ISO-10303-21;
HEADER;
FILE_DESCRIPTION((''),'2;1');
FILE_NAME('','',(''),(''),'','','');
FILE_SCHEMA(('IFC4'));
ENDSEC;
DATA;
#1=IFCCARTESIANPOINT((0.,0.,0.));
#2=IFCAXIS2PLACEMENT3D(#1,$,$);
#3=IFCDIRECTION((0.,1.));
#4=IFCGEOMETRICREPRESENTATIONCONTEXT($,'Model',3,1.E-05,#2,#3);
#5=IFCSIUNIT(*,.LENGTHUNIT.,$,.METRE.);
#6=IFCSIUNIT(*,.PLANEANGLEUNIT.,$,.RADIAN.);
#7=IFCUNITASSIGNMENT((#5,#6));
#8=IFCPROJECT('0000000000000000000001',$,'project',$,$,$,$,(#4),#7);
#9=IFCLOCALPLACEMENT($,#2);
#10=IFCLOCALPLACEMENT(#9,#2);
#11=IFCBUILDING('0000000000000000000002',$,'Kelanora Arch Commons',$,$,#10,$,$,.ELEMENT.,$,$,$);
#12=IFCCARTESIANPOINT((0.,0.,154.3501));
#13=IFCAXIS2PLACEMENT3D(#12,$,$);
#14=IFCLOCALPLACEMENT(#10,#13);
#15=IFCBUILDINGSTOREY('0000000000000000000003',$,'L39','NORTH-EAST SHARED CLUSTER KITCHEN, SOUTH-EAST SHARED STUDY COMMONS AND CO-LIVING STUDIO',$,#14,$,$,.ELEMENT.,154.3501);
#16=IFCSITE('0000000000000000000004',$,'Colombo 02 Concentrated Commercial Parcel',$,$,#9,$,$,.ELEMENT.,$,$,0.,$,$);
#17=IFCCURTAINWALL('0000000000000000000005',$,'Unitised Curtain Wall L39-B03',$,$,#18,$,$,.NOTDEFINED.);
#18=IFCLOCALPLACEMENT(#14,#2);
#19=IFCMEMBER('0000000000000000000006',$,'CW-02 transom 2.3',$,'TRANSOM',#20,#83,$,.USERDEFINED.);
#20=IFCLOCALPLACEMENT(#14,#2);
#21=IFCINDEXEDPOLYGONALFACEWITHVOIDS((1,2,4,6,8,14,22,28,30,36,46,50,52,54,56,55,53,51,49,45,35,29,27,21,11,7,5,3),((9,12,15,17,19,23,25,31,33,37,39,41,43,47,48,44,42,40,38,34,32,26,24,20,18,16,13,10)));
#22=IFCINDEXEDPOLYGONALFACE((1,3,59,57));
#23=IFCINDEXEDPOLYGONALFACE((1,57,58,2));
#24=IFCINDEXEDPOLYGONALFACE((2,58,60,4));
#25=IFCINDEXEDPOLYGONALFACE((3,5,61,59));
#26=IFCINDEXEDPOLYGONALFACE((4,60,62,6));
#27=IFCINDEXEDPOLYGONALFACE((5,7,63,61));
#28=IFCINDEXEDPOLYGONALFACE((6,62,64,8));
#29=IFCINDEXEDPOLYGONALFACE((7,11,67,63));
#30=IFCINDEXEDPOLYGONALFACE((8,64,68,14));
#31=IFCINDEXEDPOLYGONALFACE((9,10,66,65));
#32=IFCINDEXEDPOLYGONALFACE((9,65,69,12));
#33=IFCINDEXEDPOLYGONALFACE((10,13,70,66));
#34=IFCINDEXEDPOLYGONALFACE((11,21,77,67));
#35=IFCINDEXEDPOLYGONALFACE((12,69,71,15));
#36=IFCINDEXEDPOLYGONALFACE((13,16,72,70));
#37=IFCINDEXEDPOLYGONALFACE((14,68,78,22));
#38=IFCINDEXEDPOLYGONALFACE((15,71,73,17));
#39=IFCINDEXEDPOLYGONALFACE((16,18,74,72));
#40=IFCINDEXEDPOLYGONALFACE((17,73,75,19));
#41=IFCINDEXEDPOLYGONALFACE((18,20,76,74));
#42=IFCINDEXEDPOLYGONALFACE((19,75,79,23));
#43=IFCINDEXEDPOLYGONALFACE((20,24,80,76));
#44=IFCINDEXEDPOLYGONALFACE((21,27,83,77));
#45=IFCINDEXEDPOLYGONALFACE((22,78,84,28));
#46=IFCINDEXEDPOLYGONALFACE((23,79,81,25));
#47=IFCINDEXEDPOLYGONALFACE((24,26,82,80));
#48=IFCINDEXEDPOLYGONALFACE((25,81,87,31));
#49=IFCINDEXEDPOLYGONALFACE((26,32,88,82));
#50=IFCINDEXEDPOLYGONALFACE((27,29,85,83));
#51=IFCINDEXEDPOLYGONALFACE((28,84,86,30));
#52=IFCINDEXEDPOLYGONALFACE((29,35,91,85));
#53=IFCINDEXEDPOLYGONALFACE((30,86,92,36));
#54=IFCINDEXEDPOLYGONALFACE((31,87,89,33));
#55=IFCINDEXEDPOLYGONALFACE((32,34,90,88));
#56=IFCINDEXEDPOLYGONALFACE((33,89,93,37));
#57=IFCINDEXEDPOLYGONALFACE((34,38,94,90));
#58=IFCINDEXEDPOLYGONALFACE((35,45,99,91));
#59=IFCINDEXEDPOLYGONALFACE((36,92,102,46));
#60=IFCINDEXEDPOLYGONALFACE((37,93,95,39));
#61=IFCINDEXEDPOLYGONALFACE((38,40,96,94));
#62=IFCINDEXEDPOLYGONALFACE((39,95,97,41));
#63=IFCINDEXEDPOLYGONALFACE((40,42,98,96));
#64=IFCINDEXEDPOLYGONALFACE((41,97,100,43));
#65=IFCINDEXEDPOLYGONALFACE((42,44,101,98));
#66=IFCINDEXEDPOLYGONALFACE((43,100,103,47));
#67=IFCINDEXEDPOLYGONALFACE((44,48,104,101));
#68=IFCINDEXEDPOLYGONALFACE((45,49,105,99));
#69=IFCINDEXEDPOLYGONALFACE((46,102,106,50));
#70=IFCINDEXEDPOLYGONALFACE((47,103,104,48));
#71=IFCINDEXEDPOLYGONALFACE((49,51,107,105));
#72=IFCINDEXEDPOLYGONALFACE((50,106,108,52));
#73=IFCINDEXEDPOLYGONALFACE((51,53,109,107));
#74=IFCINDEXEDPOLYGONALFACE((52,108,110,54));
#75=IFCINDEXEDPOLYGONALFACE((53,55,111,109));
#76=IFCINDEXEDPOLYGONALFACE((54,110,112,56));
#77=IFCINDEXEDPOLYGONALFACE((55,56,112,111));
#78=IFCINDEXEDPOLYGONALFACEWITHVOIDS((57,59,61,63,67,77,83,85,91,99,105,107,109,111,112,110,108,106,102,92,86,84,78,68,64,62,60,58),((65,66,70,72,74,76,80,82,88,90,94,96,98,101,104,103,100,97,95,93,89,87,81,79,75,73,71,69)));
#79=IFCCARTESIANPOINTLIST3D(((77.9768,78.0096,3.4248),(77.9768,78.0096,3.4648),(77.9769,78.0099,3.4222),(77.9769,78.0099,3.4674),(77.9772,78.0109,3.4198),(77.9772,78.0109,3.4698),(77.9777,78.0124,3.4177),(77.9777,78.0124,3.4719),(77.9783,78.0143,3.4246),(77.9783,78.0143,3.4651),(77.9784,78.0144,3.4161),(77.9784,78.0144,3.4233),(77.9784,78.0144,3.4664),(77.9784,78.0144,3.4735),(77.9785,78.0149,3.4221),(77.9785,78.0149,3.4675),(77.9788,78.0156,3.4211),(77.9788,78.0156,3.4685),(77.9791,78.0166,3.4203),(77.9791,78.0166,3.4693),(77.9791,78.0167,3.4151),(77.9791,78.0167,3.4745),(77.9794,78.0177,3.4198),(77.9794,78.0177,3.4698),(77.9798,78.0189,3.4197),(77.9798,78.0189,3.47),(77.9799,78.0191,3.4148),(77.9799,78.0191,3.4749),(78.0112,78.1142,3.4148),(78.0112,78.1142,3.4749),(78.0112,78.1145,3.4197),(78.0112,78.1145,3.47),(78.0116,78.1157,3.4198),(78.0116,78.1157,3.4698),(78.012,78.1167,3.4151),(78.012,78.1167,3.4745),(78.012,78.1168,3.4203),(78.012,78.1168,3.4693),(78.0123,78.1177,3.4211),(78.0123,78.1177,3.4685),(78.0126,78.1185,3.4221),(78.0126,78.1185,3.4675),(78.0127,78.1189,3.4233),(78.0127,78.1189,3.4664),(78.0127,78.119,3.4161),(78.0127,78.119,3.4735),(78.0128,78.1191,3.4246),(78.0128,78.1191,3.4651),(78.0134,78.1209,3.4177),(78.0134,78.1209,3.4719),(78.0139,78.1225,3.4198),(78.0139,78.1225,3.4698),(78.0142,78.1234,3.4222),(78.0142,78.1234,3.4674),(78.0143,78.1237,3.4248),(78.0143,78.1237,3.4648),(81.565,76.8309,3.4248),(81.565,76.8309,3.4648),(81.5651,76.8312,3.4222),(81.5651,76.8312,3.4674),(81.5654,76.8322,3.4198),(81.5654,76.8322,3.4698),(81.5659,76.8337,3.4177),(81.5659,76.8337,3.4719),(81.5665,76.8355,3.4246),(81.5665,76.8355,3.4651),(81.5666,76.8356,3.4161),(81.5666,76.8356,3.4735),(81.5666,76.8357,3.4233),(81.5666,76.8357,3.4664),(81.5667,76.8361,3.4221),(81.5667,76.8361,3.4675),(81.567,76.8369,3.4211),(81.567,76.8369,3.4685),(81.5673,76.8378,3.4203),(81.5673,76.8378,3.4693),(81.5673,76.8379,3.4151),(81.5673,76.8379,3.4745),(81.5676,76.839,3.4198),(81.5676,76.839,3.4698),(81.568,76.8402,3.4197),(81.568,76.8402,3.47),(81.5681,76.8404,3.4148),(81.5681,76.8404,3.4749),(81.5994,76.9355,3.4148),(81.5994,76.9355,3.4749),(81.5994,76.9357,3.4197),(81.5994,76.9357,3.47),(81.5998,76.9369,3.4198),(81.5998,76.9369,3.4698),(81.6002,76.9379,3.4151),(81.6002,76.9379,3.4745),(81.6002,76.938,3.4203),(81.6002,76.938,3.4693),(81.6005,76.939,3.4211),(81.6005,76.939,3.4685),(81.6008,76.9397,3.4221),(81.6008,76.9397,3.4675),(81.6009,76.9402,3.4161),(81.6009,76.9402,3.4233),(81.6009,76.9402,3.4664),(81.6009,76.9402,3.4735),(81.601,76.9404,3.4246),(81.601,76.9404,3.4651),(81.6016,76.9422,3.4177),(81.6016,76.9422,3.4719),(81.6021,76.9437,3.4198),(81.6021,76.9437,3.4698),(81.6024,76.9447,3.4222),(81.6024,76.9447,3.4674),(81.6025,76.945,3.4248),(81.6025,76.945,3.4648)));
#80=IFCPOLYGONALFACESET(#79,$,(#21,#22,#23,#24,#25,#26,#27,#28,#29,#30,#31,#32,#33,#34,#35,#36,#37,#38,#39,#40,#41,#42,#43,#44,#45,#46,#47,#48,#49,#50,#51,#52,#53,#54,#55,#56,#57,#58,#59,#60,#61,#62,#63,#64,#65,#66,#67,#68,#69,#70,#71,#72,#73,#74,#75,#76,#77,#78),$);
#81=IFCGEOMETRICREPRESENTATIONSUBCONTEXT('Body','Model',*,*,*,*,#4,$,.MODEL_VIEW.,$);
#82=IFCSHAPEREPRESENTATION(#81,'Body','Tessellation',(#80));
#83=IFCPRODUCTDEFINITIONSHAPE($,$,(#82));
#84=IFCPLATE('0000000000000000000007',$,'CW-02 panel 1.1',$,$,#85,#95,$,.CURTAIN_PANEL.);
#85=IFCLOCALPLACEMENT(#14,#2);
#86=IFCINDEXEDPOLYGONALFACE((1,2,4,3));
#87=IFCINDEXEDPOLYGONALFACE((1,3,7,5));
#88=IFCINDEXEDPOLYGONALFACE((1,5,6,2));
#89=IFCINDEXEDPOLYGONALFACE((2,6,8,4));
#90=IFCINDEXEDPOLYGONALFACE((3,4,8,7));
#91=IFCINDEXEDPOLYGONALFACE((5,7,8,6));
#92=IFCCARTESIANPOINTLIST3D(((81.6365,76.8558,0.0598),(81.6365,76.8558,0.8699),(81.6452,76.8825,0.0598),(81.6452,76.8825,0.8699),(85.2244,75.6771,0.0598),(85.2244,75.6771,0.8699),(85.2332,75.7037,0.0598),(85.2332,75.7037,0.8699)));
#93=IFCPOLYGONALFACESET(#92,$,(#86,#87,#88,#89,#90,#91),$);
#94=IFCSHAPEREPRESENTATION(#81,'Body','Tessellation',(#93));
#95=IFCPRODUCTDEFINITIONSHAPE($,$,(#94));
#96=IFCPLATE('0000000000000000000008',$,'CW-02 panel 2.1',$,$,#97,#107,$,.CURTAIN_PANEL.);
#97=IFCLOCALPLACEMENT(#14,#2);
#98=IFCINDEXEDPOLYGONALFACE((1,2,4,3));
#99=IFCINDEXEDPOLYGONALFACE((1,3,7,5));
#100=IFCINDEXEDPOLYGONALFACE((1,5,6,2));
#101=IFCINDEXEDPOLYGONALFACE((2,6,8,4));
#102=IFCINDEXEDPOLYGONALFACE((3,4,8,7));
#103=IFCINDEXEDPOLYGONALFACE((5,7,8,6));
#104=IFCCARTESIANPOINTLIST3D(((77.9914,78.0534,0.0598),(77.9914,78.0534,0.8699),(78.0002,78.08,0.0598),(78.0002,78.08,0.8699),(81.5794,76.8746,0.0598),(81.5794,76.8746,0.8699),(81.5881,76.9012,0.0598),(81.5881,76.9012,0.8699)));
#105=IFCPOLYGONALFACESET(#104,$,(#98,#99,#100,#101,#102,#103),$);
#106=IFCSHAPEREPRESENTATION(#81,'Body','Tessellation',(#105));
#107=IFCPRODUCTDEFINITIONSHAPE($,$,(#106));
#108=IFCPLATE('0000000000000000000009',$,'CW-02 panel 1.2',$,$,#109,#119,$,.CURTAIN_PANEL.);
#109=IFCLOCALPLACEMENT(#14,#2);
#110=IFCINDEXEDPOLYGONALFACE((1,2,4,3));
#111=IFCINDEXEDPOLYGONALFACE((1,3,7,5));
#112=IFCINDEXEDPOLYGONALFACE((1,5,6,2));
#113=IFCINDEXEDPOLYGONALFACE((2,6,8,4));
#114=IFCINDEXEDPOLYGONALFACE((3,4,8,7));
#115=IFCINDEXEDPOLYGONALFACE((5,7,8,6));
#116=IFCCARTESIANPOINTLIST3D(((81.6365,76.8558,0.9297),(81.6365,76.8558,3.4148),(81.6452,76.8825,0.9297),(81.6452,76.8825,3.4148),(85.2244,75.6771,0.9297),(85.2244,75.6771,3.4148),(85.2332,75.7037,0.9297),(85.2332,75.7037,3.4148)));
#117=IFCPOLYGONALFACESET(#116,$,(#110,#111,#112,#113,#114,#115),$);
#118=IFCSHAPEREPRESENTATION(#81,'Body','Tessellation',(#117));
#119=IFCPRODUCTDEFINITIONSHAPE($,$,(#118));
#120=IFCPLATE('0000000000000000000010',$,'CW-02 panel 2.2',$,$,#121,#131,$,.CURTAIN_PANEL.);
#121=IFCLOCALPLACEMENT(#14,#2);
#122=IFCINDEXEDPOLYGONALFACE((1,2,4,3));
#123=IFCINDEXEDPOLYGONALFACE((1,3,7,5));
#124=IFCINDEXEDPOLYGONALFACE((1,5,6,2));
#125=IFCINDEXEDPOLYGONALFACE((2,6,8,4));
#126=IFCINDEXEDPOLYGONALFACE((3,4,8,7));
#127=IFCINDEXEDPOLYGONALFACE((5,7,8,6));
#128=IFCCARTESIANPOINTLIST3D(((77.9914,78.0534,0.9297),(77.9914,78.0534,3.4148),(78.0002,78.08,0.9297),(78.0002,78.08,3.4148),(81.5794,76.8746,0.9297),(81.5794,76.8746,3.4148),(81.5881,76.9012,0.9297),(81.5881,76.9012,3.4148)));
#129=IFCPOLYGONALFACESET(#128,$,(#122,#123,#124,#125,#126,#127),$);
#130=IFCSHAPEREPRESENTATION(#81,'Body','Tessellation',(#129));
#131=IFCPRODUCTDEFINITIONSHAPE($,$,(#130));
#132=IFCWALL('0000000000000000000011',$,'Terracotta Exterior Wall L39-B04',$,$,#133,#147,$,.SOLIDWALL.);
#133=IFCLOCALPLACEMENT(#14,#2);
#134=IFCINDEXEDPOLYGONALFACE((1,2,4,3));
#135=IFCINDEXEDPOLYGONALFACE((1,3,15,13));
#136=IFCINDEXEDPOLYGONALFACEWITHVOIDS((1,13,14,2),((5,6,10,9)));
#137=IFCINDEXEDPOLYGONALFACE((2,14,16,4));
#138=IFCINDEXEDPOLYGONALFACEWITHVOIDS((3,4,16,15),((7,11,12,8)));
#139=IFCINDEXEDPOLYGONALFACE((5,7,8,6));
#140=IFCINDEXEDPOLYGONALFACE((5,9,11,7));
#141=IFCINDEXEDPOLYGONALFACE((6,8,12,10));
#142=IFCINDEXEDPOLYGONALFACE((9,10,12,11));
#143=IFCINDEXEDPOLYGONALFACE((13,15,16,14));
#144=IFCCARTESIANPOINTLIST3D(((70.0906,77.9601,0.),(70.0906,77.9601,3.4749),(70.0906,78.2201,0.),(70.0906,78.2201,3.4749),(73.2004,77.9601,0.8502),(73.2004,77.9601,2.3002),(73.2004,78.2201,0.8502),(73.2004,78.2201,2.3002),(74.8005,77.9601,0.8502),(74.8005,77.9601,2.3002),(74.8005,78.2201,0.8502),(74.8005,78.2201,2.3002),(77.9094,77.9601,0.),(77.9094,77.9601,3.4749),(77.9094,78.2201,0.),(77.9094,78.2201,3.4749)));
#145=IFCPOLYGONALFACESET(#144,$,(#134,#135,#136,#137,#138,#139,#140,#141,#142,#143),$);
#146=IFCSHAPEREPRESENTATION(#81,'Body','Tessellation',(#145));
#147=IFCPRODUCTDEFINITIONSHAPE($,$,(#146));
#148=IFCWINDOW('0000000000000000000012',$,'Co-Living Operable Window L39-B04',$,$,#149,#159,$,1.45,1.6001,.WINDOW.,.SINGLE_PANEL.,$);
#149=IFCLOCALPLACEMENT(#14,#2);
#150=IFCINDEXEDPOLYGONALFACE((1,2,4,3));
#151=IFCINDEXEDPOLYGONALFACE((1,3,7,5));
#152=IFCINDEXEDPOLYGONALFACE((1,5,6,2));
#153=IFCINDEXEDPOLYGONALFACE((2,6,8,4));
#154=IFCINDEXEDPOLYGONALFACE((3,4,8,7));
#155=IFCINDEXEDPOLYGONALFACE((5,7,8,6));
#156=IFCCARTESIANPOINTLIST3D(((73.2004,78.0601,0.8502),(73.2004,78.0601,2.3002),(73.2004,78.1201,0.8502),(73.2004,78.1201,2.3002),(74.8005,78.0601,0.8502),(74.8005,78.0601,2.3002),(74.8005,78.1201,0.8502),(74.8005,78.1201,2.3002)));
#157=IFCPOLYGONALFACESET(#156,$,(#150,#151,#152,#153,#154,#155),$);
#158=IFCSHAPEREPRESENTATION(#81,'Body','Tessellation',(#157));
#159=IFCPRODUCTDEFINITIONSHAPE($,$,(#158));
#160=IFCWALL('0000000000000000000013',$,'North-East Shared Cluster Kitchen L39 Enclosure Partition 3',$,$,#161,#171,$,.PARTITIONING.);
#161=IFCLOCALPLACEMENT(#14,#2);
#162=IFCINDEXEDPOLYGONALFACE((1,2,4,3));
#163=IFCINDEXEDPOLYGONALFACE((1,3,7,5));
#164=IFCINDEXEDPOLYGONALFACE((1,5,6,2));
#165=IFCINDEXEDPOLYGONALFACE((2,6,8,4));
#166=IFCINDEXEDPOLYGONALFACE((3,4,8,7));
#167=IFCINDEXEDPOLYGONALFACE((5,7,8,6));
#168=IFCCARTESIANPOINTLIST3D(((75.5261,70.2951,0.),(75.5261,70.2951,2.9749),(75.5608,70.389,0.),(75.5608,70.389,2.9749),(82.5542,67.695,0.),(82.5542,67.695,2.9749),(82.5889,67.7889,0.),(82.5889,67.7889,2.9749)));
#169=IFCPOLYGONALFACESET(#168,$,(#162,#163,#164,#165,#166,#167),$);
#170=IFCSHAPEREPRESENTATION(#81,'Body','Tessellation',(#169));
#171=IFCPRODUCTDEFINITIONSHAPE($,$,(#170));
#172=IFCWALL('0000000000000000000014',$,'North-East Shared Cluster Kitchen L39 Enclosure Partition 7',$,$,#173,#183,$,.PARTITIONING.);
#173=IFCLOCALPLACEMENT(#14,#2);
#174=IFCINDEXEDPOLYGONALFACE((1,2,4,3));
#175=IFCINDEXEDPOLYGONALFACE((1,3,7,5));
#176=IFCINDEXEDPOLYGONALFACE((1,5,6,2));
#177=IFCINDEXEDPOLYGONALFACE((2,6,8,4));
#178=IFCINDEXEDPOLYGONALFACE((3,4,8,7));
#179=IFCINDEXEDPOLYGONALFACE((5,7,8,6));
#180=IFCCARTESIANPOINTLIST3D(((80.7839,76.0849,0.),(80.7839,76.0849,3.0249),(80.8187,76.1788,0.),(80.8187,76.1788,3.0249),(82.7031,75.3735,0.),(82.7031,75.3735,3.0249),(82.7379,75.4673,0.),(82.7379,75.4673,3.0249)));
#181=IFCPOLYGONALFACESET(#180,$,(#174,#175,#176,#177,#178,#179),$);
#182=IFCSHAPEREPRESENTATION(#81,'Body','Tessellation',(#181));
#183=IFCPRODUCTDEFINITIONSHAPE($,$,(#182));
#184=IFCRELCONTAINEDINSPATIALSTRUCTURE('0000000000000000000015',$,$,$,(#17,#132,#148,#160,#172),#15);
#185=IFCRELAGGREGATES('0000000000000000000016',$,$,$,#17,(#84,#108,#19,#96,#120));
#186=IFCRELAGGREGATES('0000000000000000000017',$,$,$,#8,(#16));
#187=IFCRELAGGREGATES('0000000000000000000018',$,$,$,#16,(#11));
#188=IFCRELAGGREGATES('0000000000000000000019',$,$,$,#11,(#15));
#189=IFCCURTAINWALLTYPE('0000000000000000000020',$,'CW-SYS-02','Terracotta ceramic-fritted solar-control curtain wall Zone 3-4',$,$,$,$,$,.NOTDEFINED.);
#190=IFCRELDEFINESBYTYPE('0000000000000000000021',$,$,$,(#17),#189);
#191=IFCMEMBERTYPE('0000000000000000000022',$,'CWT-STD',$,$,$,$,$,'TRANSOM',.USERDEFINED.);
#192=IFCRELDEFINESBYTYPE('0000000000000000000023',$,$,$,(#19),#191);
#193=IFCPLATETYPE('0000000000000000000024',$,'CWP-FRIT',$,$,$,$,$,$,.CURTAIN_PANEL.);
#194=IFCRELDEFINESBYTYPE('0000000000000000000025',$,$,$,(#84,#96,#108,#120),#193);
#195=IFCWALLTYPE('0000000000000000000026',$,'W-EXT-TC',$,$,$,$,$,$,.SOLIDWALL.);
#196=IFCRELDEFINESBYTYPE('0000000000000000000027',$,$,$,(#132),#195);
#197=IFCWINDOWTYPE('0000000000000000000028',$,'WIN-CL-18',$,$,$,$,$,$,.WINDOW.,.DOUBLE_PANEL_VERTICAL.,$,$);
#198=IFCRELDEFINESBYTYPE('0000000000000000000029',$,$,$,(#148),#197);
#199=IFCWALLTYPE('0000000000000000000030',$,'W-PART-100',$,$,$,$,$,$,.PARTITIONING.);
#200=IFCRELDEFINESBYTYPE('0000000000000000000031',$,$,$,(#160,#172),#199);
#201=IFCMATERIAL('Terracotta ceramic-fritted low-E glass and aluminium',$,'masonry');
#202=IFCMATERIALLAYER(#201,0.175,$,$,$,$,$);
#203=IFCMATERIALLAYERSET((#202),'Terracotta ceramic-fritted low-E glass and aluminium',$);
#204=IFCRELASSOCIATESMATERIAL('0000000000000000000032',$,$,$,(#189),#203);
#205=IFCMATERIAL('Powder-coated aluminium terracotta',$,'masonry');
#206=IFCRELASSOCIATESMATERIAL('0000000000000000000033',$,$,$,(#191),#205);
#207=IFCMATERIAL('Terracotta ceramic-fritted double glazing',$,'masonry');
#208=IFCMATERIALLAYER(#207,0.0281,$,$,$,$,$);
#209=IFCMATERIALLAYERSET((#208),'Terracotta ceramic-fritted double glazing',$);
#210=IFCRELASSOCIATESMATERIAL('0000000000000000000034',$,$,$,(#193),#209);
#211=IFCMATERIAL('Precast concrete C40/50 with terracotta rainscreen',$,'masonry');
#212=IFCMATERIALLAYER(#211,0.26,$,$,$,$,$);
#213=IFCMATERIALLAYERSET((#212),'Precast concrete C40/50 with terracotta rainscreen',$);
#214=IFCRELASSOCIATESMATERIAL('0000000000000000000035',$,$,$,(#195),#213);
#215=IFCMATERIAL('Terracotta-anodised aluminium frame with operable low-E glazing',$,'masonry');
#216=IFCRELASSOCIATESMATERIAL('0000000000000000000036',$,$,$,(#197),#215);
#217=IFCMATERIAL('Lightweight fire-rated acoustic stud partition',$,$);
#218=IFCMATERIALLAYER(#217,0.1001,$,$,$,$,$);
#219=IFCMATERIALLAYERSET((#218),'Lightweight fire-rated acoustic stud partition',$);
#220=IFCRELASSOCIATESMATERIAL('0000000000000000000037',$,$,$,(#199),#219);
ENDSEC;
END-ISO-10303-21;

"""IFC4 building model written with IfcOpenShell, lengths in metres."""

from ifc_helpers import new_model, si_unit, direction, frame, frame_2d, origin, origin_2d, place, context, subcontext, project, spatial, rectangle, hollow_rectangle, extrude, source, transform, mapped, material, layer, layer_set, material_profile, profile_set, type_object, element, fill, aggregate, save


model = new_model("IFC4")

# Units and contexts
model_context = context("Model", 3, precision=1e-05, world=origin(), true_north=direction((0.0, 1.0)))
body_context = subcontext(model_context, "Body", "Model", "MODEL_VIEW")
ifc_project = project(units=[si_unit("LENGTHUNIT", "METRE"), si_unit("PLANEANGLEUNIT", "RADIAN")], contexts=[model_context])

# Site, building, storey
site_placement = place(None, origin())
site = spatial("IfcSite", under=ifc_project, at=site_placement, Name="Colombo 02 Concentrated Commercial Parcel", CompositionType="ELEMENT", RefElevation=0.0)
building_placement = place(site_placement, origin())
building = spatial("IfcBuilding", under=site, at=building_placement, Name="Kelanora Arch Commons", CompositionType="ELEMENT")
storey_placement = place(building_placement, frame((0.0, 0.0, 154.3501)))
storey = spatial("IfcBuildingStorey", under=building, at=storey_placement, Name="L39", Description="NORTH-EAST SHARED CLUSTER KITCHEN, SOUTH-EAST SHARED STUDY COMMONS AND CO-LIVING STUDIO", CompositionType="ELEMENT", Elevation=154.3501)

# Curtain wall, member, plates
ifc_material_1 = material(Name="Terracotta ceramic-fritted low-E glass and aluminium", Category="masonry")
ifc_layer_1 = layer(ifc_material_1, 0.175)
ifc_layer_set_1 = layer_set([ifc_layer_1], Name="Terracotta ceramic-fritted low-E glass and aluminium")
curtain_wall_type = type_object("IfcCurtainWallType", Name="CW-SYS-02", Description="Terracotta ceramic-fritted solar-control curtain wall Zone 3-4", PredefinedType="NOTDEFINED", material=ifc_layer_set_1)
curtain_wall_placement = place(storey_placement, origin())
curtain_wall = element("IfcCurtainWall", 1, at=curtain_wall_placement, inside=storey, type_object=curtain_wall_type, Name="Unitised Curtain Wall L39-B03", PredefinedType="NOTDEFINED")
ifc_material_2 = material(Name="Powder-coated aluminium terracotta", Category="masonry")
ifc_material_profile_1 = material_profile(ifc_material_2, hollow_rectangle(XDim=0.1201, YDim=0.0601, WallThickness=0.0049, InnerFilletRadius=0.0049, OuterFilletRadius=0.01, at=origin_2d()), Name="CWT120x60")
ifc_profile_set_1 = profile_set([ifc_material_profile_1], Name="Powder-coated aluminium terracotta")
member_type_1 = type_object("IfcMemberType", Name="CWT-STD", ElementType="TRANSOM", PredefinedType="USERDEFINED", material=ifc_profile_set_1)
member_1_placement = place(storey_placement, frame((81.5837, 76.8879, 3.4448), z_axis=(-0.950051, 0.312094, 0.0), x_axis=(-0.312094, -0.950051, 0.0)))
member_1 = element("IfcMember", 2, at=member_1_placement, type_object=member_type_1, Name="CW-02 transom 2.3", ObjectType="TRANSOM", PredefinedType="USERDEFINED", context=body_context, shape_type="SweptSolid", body=[
    extrude(hollow_rectangle(XDim=0.1201, YDim=0.0601, WallThickness=0.0049, InnerFilletRadius=0.0049, OuterFilletRadius=0.01, at=origin_2d()), origin(), (0.0, 0.0, 1.0), 3.7769),
])
ifc_material_3 = material(Name="Terracotta ceramic-fritted double glazing", Category="masonry")
ifc_layer_2 = layer(ifc_material_3, 0.0281)
ifc_layer_set_2 = layer_set([ifc_layer_2], Name="Terracotta ceramic-fritted double glazing")
plate_type = type_object("IfcPlateType", Name="CWP-FRIT", PredefinedType="CURTAIN_PANEL", material=ifc_layer_set_2)
shared_shape_1 = source(origin(), body_context, "Body", "SweptSolid", [
    extrude(rectangle(XDim=3.7766, YDim=0.0281, at=origin_2d()), origin(), (0.0, 0.0, 1.0), 0.8101),
])
plate_1_placement = place(storey_placement, frame((83.4348, 76.2798, 0.0598), z_axis=(0.0, 0.0, 1.0), x_axis=(-0.95004, 0.312128, 0.0)))
plate_1 = element("IfcPlate", 3, at=plate_1_placement, type_object=plate_type, Name="CW-02 panel 1.1", PredefinedType="CURTAIN_PANEL", context=body_context, shape_type="MappedRepresentation", body=[
    mapped(shared_shape_1, transform((0.0, 0.0, 0.0), scale=1.0)),
])
plate_2_placement = place(storey_placement, frame((79.7898, 77.4773, 0.0598), z_axis=(0.0, 0.0, 1.0), x_axis=(-0.95004, 0.312128, 0.0)))
plate_2 = element("IfcPlate", 4, at=plate_2_placement, type_object=plate_type, Name="CW-02 panel 2.1", PredefinedType="CURTAIN_PANEL", context=body_context, shape_type="MappedRepresentation", body=[
    mapped(shared_shape_1, transform((0.0, 0.0, 0.0), scale=1.0)),
])
shared_shape_2 = source(origin(), body_context, "Body", "SweptSolid", [
    extrude(rectangle(XDim=3.7766, YDim=0.0281, at=origin_2d()), origin(), (0.0, 0.0, 1.0), 2.4851),
])
plate_3_placement = place(storey_placement, frame((83.4348, 76.2798, 0.9297), z_axis=(0.0, 0.0, 1.0), x_axis=(-0.95004, 0.312128, 0.0)))
plate_3 = element("IfcPlate", 5, at=plate_3_placement, type_object=plate_type, Name="CW-02 panel 1.2", PredefinedType="CURTAIN_PANEL", context=body_context, shape_type="MappedRepresentation", body=[
    mapped(shared_shape_2, transform((0.0, 0.0, 0.0), scale=1.0)),
])
plate_4_placement = place(storey_placement, frame((79.7898, 77.4773, 0.9297), z_axis=(0.0, 0.0, 1.0), x_axis=(-0.95004, 0.312128, 0.0)))
plate_4 = element("IfcPlate", 6, at=plate_4_placement, type_object=plate_type, Name="CW-02 panel 2.2", PredefinedType="CURTAIN_PANEL", context=body_context, shape_type="MappedRepresentation", body=[
    mapped(shared_shape_2, transform((0.0, 0.0, 0.0), scale=1.0)),
])
aggregate(curtain_wall, [plate_1, plate_3, member_1, plate_2, plate_4])

# Wall, opening, window
ifc_material_4 = material(Name="Precast concrete C40/50 with terracotta rainscreen", Category="masonry")
ifc_layer_3 = layer(ifc_material_4, 0.26)
ifc_layer_set_3 = layer_set([ifc_layer_3], Name="Precast concrete C40/50 with terracotta rainscreen")
wall_type_1 = type_object("IfcWallType", Name="W-EXT-TC", PredefinedType="SOLIDWALL", material=ifc_layer_set_3)
wall_1_placement = place(storey_placement, frame((77.9094, 78.0901, 0.0), z_axis=(0.0, 0.0, 1.0), x_axis=(-1.0, 0.0, 0.0)))
wall_1 = element("IfcWall", 7, at=wall_1_placement, inside=storey, type_object=wall_type_1, Name="Terracotta Exterior Wall L39-B04", PredefinedType="SOLIDWALL", context=body_context, shape_type="SweptSolid", body=[
    extrude(rectangle(XDim=7.8188, YDim=0.26, at=frame_2d((3.9094, 0.0))), origin(), (0.0, 0.0, 1.0), 3.4749),
])
opening_1_placement = place(wall_1_placement, frame((3.1089, 0.0, 0.8501)))
opening_1 = element("IfcOpeningElement", 8, at=opening_1_placement, cuts=wall_1, PredefinedType="OPENING", context=body_context, shape_type="SweptSolid", body=[
    extrude(rectangle(XDim=1.6001, YDim=1.45, at=frame_2d((0.8, 0.7251))), frame((0.0, 0.1401, 0.0), z_axis=(0.0, -1.0, 0.0), x_axis=(1.0, 0.0, 0.0)), (0.0, 0.0, 1.0), 0.28),
])
ifc_material_5 = material(Name="Terracotta-anodised aluminium frame with operable low-E glazing", Category="masonry")
window_type = type_object("IfcWindowType", Name="WIN-CL-18", PartitioningType="DOUBLE_PANEL_VERTICAL", PredefinedType="WINDOW", material=ifc_material_5)
window_placement = place(opening_1_placement, origin())
window = element("IfcWindow", 9, at=window_placement, inside=storey, type_object=window_type, Name="Co-Living Operable Window L39-B04", OverallHeight=1.45, OverallWidth=1.6001, PartitioningType="SINGLE_PANEL", PredefinedType="WINDOW", context=body_context, shape_type="SweptSolid", body=[
    extrude(rectangle(XDim=1.6001, YDim=1.45, at=frame_2d((0.8, 0.7251))), frame((0.0, 0.03, 0.0), z_axis=(0.0, -1.0, 0.0), x_axis=(1.0, 0.0, 0.0)), (0.0, 0.0, 1.0), 0.0601),
])
fill(opening_1, window)

# Walls
ifc_material_6 = material(Name="Lightweight fire-rated acoustic stud partition")
ifc_layer_4 = layer(ifc_material_6, 0.1001)
ifc_layer_set_4 = layer_set([ifc_layer_4], Name="Lightweight fire-rated acoustic stud partition")
wall_type_2 = type_object("IfcWallType", Name="W-PART-100", PredefinedType="PARTITIONING", material=ifc_layer_set_4)
wall_2_placement = place(storey_placement, frame((82.5715, 67.7419, 0.0), z_axis=(0.0, 0.0, 1.0), x_axis=(-0.937874, 0.346975, 0.0)))
element("IfcWall", 10, at=wall_2_placement, inside=storey, type_object=wall_type_2, Name="North-East Shared Cluster Kitchen L39 Enclosure Partition 3", PredefinedType="PARTITIONING", context=body_context, shape_type="SweptSolid", body=[
    extrude(rectangle(XDim=7.4937, YDim=0.1001, at=frame_2d((3.7468, 0.0))), origin(), (0.0, 0.0, 1.0), 2.9749),
])
wall_3_placement = place(storey_placement, frame((80.8013, 76.1318, 0.0), z_axis=(0.0, 0.0, 1.0), x_axis=(0.937651, -0.347579, 0.0)))
element("IfcWall", 11, at=wall_3_placement, inside=storey, type_object=wall_type_2, Name="North-East Shared Cluster Kitchen L39 Enclosure Partition 7", PredefinedType="PARTITIONING", context=body_context, shape_type="SweptSolid", body=[
    extrude(rectangle(XDim=2.0469, YDim=0.1001, at=frame_2d((1.0234, 0.0))), origin(), (0.0, 0.0, 1.0), 3.0249),
])

save(model, "model.ifc")
